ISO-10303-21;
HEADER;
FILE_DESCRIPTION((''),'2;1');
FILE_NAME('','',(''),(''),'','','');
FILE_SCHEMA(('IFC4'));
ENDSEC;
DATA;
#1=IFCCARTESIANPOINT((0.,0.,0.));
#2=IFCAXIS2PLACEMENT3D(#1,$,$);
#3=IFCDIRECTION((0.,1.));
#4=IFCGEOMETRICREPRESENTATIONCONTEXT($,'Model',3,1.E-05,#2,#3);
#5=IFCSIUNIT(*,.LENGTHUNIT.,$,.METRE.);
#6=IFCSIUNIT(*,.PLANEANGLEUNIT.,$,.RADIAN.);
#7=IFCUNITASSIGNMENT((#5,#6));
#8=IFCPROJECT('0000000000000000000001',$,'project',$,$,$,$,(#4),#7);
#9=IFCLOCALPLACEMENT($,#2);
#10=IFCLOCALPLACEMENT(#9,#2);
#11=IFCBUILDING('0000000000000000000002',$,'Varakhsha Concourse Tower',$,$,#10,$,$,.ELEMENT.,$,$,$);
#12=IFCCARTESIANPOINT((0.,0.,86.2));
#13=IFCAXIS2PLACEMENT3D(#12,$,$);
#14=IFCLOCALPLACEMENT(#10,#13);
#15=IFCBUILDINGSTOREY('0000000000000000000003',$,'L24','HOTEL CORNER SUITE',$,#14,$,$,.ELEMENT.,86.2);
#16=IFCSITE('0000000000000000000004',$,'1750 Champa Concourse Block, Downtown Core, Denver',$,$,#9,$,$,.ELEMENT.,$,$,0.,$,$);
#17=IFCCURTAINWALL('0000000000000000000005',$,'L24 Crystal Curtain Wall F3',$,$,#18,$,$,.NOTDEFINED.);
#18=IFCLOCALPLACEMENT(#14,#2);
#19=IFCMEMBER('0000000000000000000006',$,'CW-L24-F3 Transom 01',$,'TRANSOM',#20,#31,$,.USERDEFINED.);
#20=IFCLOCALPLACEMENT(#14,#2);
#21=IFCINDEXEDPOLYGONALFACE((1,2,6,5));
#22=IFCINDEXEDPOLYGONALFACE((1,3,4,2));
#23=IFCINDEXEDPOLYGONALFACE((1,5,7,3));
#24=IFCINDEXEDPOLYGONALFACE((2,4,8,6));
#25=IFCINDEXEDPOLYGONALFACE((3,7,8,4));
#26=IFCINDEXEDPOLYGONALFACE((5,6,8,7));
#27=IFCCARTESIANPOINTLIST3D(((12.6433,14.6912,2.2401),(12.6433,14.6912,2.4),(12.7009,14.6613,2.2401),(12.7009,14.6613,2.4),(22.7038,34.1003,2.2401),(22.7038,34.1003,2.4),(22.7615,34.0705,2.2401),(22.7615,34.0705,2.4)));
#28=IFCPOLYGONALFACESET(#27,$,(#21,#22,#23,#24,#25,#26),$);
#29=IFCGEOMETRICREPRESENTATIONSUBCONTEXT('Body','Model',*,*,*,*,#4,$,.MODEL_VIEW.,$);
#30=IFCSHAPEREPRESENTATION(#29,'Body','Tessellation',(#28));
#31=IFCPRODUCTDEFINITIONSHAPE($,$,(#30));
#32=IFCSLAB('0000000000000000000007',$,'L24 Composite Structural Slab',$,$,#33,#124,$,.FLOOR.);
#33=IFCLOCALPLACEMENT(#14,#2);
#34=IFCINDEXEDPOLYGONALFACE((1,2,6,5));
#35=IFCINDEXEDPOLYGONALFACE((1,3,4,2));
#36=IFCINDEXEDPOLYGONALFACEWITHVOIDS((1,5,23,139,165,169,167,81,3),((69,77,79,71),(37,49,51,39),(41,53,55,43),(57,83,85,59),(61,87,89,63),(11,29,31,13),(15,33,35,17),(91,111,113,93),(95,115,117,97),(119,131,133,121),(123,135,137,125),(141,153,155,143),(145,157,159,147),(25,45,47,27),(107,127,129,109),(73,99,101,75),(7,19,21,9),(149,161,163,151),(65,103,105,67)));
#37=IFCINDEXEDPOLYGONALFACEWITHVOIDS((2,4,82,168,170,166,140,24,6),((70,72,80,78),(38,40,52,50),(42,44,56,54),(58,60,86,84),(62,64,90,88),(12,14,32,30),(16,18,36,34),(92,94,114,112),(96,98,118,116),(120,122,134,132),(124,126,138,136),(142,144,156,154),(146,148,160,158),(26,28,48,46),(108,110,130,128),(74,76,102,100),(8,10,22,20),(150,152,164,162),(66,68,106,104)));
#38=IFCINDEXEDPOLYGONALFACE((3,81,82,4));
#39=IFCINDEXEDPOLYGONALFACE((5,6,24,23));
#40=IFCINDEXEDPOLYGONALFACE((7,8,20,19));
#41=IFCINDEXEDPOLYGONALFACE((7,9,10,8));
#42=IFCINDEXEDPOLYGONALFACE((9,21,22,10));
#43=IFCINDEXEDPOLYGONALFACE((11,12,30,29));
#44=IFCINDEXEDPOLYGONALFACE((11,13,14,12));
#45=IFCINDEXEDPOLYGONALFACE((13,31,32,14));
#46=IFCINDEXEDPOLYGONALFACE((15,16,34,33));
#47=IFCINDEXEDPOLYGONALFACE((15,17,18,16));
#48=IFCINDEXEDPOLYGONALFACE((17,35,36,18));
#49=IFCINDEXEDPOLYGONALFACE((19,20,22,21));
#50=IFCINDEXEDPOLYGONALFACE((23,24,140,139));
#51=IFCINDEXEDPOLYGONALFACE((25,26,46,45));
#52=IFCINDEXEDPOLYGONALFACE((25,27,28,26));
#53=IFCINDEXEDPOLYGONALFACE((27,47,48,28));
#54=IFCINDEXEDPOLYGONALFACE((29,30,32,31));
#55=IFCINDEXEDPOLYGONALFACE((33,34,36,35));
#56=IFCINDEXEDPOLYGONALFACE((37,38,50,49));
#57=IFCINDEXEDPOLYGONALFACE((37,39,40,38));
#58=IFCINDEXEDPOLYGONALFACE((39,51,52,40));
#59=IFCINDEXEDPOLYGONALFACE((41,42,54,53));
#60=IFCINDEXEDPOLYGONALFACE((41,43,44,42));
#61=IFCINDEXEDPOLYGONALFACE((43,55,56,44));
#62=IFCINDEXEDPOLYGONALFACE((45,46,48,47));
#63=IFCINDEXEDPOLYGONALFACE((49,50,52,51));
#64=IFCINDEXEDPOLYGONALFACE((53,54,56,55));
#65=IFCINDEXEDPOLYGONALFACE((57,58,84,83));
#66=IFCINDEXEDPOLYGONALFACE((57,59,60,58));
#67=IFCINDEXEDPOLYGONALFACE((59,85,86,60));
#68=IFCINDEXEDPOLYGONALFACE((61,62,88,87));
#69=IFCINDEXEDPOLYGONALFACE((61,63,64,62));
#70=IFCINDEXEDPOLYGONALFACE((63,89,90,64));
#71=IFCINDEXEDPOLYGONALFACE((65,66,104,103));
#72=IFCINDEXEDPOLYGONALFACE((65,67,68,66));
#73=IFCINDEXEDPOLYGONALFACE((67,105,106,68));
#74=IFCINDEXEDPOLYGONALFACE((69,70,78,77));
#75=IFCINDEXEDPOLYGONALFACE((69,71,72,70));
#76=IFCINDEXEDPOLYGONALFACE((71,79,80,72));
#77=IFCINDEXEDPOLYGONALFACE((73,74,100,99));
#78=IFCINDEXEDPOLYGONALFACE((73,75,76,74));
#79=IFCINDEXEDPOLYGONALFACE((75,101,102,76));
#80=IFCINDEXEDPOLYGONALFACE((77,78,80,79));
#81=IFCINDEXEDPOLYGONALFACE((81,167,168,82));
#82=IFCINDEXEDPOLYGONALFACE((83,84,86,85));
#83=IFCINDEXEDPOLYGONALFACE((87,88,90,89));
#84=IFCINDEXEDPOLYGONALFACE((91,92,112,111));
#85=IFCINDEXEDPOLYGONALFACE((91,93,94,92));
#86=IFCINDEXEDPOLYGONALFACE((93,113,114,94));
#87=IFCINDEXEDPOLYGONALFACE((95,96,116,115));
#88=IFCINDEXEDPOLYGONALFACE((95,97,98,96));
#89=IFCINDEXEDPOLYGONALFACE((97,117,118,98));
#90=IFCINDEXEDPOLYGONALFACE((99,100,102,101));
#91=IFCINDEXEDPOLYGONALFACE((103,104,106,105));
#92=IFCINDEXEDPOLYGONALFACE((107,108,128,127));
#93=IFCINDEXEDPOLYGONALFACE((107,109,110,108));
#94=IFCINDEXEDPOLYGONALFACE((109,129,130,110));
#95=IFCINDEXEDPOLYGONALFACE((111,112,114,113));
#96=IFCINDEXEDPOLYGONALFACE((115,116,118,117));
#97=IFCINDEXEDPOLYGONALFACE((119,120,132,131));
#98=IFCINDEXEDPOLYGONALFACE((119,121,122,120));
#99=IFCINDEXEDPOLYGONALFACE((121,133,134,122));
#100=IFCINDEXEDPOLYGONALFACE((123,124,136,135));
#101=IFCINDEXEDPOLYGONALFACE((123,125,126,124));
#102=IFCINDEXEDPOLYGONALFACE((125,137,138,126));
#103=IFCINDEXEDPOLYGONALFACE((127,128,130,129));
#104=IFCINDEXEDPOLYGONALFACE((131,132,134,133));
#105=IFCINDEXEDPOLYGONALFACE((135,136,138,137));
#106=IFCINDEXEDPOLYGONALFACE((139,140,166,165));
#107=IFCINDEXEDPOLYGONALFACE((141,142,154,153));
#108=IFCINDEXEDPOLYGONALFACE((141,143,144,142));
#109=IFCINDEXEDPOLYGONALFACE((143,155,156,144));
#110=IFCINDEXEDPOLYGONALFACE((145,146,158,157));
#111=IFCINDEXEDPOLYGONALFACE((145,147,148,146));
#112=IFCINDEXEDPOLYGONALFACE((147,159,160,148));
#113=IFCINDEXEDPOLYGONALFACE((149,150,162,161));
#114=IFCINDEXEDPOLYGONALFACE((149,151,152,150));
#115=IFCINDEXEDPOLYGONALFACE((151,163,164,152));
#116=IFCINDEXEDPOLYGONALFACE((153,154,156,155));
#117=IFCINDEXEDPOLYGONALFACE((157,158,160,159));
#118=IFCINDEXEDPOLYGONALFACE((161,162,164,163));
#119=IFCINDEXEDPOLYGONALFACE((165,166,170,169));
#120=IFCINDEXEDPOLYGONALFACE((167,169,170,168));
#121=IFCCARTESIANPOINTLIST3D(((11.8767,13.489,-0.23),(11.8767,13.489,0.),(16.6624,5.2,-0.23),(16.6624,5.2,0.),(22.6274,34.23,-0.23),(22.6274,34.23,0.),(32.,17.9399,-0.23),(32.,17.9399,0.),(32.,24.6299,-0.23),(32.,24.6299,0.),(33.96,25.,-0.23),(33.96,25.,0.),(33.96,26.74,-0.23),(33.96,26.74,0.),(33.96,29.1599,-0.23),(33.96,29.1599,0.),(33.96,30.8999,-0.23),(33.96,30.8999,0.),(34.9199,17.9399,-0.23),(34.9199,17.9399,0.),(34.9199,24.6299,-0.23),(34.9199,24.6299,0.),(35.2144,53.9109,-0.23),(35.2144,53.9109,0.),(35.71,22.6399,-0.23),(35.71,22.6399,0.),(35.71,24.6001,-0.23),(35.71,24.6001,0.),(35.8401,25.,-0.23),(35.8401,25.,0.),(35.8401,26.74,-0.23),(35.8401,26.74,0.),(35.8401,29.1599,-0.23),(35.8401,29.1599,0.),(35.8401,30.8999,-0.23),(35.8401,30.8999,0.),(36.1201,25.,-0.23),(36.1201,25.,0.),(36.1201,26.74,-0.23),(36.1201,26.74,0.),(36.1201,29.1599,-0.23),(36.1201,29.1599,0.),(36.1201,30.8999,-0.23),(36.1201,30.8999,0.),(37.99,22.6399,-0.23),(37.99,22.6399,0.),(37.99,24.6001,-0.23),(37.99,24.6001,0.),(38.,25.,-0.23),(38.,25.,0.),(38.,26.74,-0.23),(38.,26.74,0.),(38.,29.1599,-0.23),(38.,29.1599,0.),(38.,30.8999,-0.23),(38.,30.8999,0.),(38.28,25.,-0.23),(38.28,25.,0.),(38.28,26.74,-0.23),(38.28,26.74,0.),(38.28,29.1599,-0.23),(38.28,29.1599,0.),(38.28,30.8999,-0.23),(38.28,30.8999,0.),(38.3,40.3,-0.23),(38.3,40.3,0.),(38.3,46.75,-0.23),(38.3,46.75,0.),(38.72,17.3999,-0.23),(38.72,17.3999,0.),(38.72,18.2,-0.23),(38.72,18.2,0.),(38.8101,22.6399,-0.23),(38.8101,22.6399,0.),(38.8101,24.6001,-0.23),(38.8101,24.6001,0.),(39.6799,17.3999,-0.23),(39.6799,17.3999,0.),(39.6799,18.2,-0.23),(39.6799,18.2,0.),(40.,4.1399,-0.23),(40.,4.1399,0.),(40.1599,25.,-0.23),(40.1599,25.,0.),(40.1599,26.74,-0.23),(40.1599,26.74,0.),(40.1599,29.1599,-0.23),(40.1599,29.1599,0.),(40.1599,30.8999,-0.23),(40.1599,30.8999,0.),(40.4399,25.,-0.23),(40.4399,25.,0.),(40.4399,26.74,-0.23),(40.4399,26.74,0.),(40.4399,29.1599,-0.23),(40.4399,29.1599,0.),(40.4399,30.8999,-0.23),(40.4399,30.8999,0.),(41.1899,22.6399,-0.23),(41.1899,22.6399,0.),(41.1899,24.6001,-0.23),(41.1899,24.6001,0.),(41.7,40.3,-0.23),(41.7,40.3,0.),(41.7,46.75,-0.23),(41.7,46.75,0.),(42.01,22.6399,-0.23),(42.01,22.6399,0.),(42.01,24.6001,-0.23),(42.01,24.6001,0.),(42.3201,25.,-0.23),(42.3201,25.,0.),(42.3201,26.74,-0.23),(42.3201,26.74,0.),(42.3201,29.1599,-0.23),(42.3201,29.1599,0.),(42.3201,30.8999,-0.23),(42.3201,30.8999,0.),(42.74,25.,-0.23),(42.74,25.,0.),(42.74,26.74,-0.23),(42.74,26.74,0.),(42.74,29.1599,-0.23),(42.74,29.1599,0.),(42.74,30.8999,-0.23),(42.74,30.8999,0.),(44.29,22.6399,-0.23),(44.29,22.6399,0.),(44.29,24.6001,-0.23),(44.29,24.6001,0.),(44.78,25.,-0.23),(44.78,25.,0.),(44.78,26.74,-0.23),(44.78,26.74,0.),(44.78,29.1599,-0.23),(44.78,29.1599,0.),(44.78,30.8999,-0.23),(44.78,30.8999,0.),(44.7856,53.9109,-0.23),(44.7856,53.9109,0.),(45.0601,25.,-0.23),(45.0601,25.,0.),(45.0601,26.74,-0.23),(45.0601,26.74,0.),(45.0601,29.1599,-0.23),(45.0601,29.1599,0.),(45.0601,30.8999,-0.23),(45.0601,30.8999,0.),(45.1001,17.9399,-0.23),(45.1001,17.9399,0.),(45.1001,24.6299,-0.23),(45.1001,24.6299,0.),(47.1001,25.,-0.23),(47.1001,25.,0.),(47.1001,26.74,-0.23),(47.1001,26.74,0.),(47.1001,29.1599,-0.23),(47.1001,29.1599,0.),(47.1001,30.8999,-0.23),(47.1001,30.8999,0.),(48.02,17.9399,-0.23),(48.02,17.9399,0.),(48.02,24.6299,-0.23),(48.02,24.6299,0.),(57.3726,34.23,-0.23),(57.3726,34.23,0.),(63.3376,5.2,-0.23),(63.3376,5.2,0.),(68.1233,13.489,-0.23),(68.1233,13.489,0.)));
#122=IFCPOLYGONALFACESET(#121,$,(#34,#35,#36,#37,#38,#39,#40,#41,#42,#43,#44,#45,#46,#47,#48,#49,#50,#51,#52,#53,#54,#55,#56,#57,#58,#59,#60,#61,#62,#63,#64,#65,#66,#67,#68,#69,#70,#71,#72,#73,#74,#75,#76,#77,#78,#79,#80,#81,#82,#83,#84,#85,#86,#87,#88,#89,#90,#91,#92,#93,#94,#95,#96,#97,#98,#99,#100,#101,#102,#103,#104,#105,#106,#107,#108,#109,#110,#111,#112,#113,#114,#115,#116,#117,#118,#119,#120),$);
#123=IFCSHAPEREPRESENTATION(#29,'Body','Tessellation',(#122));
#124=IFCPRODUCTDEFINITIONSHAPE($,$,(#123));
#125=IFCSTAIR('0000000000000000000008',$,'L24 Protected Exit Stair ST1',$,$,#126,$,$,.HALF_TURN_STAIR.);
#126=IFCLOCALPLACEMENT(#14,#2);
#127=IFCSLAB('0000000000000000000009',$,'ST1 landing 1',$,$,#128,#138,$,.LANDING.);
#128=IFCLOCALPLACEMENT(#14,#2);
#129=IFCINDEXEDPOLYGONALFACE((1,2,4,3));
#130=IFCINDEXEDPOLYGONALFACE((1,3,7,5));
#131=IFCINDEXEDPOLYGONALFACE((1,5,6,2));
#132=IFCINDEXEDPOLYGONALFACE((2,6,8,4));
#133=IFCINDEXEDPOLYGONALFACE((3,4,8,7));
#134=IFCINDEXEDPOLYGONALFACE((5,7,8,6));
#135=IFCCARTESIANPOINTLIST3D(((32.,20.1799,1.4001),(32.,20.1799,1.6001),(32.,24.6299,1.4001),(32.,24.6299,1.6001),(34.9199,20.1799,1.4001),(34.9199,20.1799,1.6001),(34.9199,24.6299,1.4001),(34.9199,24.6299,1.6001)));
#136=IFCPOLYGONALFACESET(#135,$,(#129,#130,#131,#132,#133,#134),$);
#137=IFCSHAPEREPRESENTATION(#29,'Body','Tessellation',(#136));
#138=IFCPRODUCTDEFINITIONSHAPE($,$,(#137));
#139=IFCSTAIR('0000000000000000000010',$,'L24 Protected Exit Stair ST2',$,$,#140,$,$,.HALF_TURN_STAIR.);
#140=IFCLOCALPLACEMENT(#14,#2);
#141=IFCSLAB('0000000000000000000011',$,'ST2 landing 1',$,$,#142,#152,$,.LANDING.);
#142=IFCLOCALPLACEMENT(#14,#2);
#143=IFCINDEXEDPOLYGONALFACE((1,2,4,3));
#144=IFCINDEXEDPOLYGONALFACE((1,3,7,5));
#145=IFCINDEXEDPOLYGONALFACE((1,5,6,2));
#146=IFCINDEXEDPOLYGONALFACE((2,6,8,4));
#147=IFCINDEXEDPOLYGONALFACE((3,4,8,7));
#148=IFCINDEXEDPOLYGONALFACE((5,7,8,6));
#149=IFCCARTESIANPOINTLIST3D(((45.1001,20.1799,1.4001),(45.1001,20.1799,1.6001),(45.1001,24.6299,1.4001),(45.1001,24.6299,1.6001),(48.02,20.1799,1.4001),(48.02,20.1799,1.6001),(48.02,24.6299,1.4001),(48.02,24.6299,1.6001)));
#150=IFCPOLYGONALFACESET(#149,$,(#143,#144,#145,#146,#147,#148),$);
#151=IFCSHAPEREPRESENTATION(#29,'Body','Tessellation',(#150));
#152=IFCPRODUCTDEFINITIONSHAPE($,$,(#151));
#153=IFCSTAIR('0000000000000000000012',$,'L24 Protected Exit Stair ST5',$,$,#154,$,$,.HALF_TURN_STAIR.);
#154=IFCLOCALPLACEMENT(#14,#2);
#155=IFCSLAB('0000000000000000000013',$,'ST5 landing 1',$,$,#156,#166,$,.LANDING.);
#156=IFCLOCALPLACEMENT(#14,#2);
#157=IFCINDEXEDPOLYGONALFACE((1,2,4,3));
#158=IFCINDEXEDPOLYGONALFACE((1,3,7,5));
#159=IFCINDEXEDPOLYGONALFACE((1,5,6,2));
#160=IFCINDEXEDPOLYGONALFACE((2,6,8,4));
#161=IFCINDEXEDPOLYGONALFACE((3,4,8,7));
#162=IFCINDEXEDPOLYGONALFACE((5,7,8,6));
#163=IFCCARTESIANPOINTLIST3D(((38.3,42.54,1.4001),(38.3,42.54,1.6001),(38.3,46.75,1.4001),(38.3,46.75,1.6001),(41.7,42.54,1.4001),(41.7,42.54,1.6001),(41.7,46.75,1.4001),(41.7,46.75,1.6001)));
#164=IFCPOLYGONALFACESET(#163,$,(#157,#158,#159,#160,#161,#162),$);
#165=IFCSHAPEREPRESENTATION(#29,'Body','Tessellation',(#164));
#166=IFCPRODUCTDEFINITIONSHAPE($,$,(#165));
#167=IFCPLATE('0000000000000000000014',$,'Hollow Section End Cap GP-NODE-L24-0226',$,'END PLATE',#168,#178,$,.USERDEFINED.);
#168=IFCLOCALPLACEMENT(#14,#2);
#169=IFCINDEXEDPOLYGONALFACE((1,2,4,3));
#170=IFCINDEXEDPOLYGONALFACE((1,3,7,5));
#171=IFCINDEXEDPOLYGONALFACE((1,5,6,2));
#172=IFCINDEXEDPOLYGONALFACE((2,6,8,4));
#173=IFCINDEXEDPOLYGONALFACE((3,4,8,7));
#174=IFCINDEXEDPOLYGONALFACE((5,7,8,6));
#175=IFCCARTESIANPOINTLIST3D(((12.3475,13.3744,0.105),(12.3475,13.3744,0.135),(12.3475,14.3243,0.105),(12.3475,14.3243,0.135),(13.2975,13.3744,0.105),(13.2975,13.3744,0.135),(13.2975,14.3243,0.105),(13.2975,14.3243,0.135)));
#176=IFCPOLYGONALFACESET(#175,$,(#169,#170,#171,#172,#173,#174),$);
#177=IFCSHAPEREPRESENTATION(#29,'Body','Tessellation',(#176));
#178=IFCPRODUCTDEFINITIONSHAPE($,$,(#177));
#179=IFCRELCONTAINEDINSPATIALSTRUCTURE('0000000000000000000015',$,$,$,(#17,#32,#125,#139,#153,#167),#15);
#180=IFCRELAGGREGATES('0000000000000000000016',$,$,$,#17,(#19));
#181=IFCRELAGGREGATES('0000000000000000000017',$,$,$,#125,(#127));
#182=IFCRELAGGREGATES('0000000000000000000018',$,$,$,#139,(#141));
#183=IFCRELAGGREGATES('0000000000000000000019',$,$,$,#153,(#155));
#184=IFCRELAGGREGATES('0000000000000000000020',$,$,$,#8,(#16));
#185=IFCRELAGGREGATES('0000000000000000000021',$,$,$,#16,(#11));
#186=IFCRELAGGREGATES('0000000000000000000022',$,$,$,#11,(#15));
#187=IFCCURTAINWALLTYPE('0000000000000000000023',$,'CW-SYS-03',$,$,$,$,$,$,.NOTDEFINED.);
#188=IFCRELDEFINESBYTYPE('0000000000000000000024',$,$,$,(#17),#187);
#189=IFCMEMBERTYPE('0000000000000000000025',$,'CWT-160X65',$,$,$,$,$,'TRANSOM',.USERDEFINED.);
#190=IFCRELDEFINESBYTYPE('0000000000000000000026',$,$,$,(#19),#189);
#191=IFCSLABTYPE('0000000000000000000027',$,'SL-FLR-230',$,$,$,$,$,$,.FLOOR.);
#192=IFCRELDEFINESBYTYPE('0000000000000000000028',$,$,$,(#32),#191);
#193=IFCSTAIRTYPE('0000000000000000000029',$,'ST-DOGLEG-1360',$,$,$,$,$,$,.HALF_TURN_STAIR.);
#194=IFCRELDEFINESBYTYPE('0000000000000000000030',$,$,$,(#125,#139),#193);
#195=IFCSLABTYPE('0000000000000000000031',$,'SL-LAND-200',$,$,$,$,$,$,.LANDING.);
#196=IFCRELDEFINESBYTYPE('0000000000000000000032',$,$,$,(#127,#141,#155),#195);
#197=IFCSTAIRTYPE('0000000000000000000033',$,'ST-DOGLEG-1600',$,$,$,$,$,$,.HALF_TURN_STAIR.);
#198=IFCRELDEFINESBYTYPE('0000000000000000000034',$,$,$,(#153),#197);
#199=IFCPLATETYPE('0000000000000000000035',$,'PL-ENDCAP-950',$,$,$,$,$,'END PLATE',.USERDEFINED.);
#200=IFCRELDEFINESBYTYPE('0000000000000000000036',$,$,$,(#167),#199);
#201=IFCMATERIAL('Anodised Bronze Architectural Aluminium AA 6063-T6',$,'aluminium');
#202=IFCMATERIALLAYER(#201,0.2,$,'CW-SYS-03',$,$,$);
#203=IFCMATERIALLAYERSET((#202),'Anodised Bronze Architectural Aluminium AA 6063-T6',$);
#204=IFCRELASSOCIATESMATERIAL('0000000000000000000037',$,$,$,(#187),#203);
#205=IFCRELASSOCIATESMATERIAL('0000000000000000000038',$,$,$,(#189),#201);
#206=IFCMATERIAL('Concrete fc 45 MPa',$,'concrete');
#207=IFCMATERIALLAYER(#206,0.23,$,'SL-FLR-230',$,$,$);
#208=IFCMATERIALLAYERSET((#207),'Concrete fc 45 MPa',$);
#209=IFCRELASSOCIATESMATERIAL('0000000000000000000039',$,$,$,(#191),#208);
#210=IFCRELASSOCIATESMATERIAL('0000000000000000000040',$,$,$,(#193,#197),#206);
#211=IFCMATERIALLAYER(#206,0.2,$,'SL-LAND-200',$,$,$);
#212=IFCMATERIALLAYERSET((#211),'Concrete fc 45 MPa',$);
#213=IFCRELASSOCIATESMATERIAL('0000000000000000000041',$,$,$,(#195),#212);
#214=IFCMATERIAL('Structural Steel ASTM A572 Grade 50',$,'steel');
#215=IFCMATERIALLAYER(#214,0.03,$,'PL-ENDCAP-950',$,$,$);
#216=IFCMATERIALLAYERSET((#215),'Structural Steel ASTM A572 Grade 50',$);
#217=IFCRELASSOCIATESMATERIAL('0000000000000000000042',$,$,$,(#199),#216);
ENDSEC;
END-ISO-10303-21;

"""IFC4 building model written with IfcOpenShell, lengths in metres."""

from ifc_helpers import new_model, si_unit, direction, frame, origin, origin_2d, place, context, subcontext, project, spatial, polyline, rectangle, outline, extrude, source, transform, mapped, material, layer, layer_set, material_profile, profile_set, type_object, type_shapes, element, aggregate, save


model = new_model("IFC4")

# Units and contexts
model_context = context("Model", 3, precision=1e-05, world=origin(), true_north=direction((0.0, 1.0)))
body_context = subcontext(model_context, "Body", "Model", "MODEL_VIEW")
ifc_project = project(units=[si_unit("LENGTHUNIT", "METRE"), si_unit("PLANEANGLEUNIT", "RADIAN")], contexts=[model_context])

# Site, building, storey
site_placement = place(None, origin())
site = spatial("IfcSite", under=ifc_project, at=site_placement, Name="1750 Champa Concourse Block, Downtown Core, Denver", CompositionType="ELEMENT", RefElevation=0.0)
building_placement = place(site_placement, origin())
building = spatial("IfcBuilding", under=site, at=building_placement, Name="Varakhsha Concourse Tower", CompositionType="ELEMENT")
storey_placement = place(building_placement, frame((0.0, 0.0, 86.2)))
storey = spatial("IfcBuildingStorey", under=building, at=storey_placement, Name="L24", Description="HOTEL CORNER SUITE", CompositionType="ELEMENT", Elevation=86.2)

# Shared definitions
ifc_material_1 = material(Name="Structural Steel ASTM A572 Grade 50", Category="steel")

# Curtain wall
ifc_material_2 = material(Name="Anodised Bronze Architectural Aluminium AA 6063-T6", Category="aluminium")
ifc_layer_1 = layer(ifc_material_2, 0.2, Name="CW-SYS-03")
ifc_layer_set_1 = layer_set([ifc_layer_1], Name="Anodised Bronze Architectural Aluminium AA 6063-T6")
curtain_wall_type = type_object("IfcCurtainWallType", Name="CW-SYS-03", PredefinedType="NOTDEFINED", material=ifc_layer_set_1)
curtain_wall_1_placement = place(storey_placement, origin())
curtain_wall_1 = element("IfcCurtainWall", 1, at=curtain_wall_1_placement, inside=storey, type_object=curtain_wall_type, Name="L24 Crystal Curtain Wall F3", PredefinedType="NOTDEFINED")

# Member
ifc_material_profile_1 = material_profile(ifc_material_2, rectangle(XDim=0.0649, YDim=0.1599, at=origin_2d()), Name="CWT-160X65")
ifc_profile_set_1 = profile_set([ifc_material_profile_1], Name="Anodised Bronze Architectural Aluminium AA 6063-T6")
member_type_1 = type_object("IfcMemberType", Name="CWT-160X65", ElementType="TRANSOM", PredefinedType="USERDEFINED", material=ifc_profile_set_1)
shared_shape_1 = source(origin(), body_context, "Body", "SweptSolid", [
    extrude(rectangle(XDim=0.0649, YDim=0.1599, at=origin_2d()), origin(), (0.0, 0.0, 1.0), 21.8616),
])
type_shapes(member_type_1, [shared_shape_1])
member_1_placement = place(storey_placement, frame((12.6721, 14.6763, 2.3201), z_axis=(0.460192, 0.887819, 0.0), x_axis=(-0.887819, 0.460192, 0.0)))
member_1 = element("IfcMember", 2, at=member_1_placement, type_object=member_type_1, Name="CW-L24-F3 Transom 01", ObjectType="TRANSOM", PredefinedType="USERDEFINED", context=body_context, shape_type="MappedRepresentation", body=[
    mapped(shared_shape_1, transform((0.0, 0.0, 0.0), scale=1.0)),
])
aggregate(curtain_wall_1, [member_1])

# Slab
ifc_material_3 = material(Name="Concrete fc 45 MPa", Category="concrete")
ifc_layer_2 = layer(ifc_material_3, 0.23, Name="SL-FLR-230")
ifc_layer_set_2 = layer_set([ifc_layer_2], Name="Concrete fc 45 MPa")
slab_type_1 = type_object("IfcSlabType", Name="SL-FLR-230", PredefinedType="FLOOR", material=ifc_layer_set_2)
slab_1_placement = place(storey_placement, frame((0.0, 0.0, -0.23)))
element("IfcSlab", 3, at=slab_1_placement, inside=storey, type_object=slab_type_1, Name="L24 Composite Structural Slab", PredefinedType="FLOOR", context=body_context, shape_type="SweptSolid", body=[
    extrude(outline(polyline([(44.7856, 53.9109), (35.2144, 53.9109), (22.6274, 34.23), (11.8767, 13.489), (16.6624, 5.2), (40.0, 4.1399), (63.3376, 5.2), (68.1233, 13.489), (57.3726, 34.23), (44.7856, 53.9109)]), holes=[polyline([(34.9199, 17.9399), (34.9199, 24.6299), (32.0, 24.6299), (32.0, 17.9399), (34.9199, 17.9399)]), polyline([(48.02, 17.9399), (48.02, 24.6299), (45.1001, 24.6299), (45.1001, 17.9399), (48.02, 17.9399)]), polyline([(41.7, 40.3), (41.7, 46.75), (38.3, 46.75), (38.3, 40.3), (41.7, 40.3)]), polyline([(33.96, 29.1599), (35.8401, 29.1599), (35.8401, 30.8999), (33.96, 30.8999), (33.96, 29.1599)]), polyline([(36.1201, 29.1599), (38.0, 29.1599), (38.0, 30.8999), (36.1201, 30.8999), (36.1201, 29.1599)]), polyline([(38.28, 29.1599), (40.1599, 29.1599), (40.1599, 30.8999), (38.28, 30.8999), (38.28, 29.1599)]), polyline([(40.4399, 29.1599), (42.3201, 29.1599), (42.3201, 30.8999), (40.4399, 30.8999), (40.4399, 29.1599)]), polyline([(33.96, 25.0), (35.8401, 25.0), (35.8401, 26.74), (33.96, 26.74), (33.96, 25.0)]), polyline([(36.1201, 25.0), (38.0, 25.0), (38.0, 26.74), (36.1201, 26.74), (36.1201, 25.0)]), polyline([(38.28, 25.0), (40.1599, 25.0), (40.1599, 26.74), (38.28, 26.74), (38.28, 25.0)]), polyline([(40.4399, 25.0), (42.3201, 25.0), (42.3201, 26.74), (40.4399, 26.74), (40.4399, 25.0)]), polyline([(42.74, 29.1599), (44.78, 29.1599), (44.78, 30.8999), (42.74, 30.8999), (42.74, 29.1599)]), polyline([(45.0601, 29.1599), (47.1001, 29.1599), (47.1001, 30.8999), (45.0601, 30.8999), (45.0601, 29.1599)]), polyline([(42.74, 25.0), (44.78, 25.0), (44.78, 26.74), (42.74, 26.74), (42.74, 25.0)]), polyline([(45.0601, 25.0), (47.1001, 25.0), (47.1001, 26.74), (45.0601, 26.74), (45.0601, 25.0)]), polyline([(35.71, 22.6399), (37.99, 22.6399), (37.99, 24.6001), (35.71, 24.6001), (35.71, 22.6399)]), polyline([(42.01, 22.6399), (44.29, 22.6399), (44.29, 24.6001), (42.01, 24.6001), (42.01, 22.6399)]), polyline([(38.8101, 22.6399), (41.1899, 22.6399), (41.1899, 24.6001), (38.8101, 24.6001), (38.8101, 22.6399)]), polyline([(38.72, 17.3999), (39.6799, 17.3999), (39.6799, 18.2), (38.72, 18.2), (38.72, 17.3999)])]), origin(), (0.0, 0.0, 1.0), 0.23),
])

# Stairs, slabs
stair_type_1 = type_object("IfcStairType", Name="ST-DOGLEG-1360", PredefinedType="HALF_TURN_STAIR", material=ifc_material_3)
stair_1_placement = place(storey_placement, origin())
stair_1 = element("IfcStair", 4, at=stair_1_placement, inside=storey, type_object=stair_type_1, Name="L24 Protected Exit Stair ST1", PredefinedType="HALF_TURN_STAIR")
ifc_layer_3 = layer(ifc_material_3, 0.2, Name="SL-LAND-200")
ifc_layer_set_3 = layer_set([ifc_layer_3], Name="Concrete fc 45 MPa")
slab_type_2 = type_object("IfcSlabType", Name="SL-LAND-200", PredefinedType="LANDING", material=ifc_layer_set_3)
slab_2_placement = place(storey_placement, frame((0.0, 0.0, 1.4001)))
slab_2 = element("IfcSlab", 5, at=slab_2_placement, type_object=slab_type_2, Name="ST1 landing 1", PredefinedType="LANDING", context=body_context, shape_type="SweptSolid", body=[
    extrude(outline(polyline([(34.9199, 20.1799), (34.9199, 24.6299), (32.0, 24.6299), (32.0, 20.1799), (34.9199, 20.1799)])), origin(), (0.0, 0.0, 1.0), 0.2),
])
aggregate(stair_1, [slab_2])
stair_2_placement = place(storey_placement, origin())
stair_2 = element("IfcStair", 6, at=stair_2_placement, inside=storey, type_object=stair_type_1, Name="L24 Protected Exit Stair ST2", PredefinedType="HALF_TURN_STAIR")
slab_3_placement = place(storey_placement, frame((0.0, 0.0, 1.4001)))
slab_3 = element("IfcSlab", 7, at=slab_3_placement, type_object=slab_type_2, Name="ST2 landing 1", PredefinedType="LANDING", context=body_context, shape_type="SweptSolid", body=[
    extrude(outline(polyline([(48.02, 20.1799), (48.02, 24.6299), (45.1001, 24.6299), (45.1001, 20.1799), (48.02, 20.1799)])), origin(), (0.0, 0.0, 1.0), 0.2),
])
aggregate(stair_2, [slab_3])
stair_type_2 = type_object("IfcStairType", Name="ST-DOGLEG-1600", PredefinedType="HALF_TURN_STAIR", material=ifc_material_3)
stair_3_placement = place(storey_placement, origin())
stair_3 = element("IfcStair", 8, at=stair_3_placement, inside=storey, type_object=stair_type_2, Name="L24 Protected Exit Stair ST5", PredefinedType="HALF_TURN_STAIR")
slab_4_placement = place(storey_placement, frame((0.0, 0.0, 1.4001)))
slab_4 = element("IfcSlab", 9, at=slab_4_placement, type_object=slab_type_2, Name="ST5 landing 1", PredefinedType="LANDING", context=body_context, shape_type="SweptSolid", body=[
    extrude(outline(polyline([(41.7, 42.54), (41.7, 46.75), (38.3, 46.75), (38.3, 42.54), (41.7, 42.54)])), origin(), (0.0, 0.0, 1.0), 0.2),
])
aggregate(stair_3, [slab_4])

# Plate
ifc_layer_4 = layer(ifc_material_1, 0.03, Name="PL-ENDCAP-950")
ifc_layer_set_4 = layer_set([ifc_layer_4], Name="Structural Steel ASTM A572 Grade 50")
plate_type_1 = type_object("IfcPlateType", Name="PL-ENDCAP-950", ElementType="END PLATE", PredefinedType="USERDEFINED", material=ifc_layer_set_4)
shared_shape_2 = source(origin(), body_context, "Body", "SweptSolid", [
    extrude(rectangle(XDim=0.95, YDim=0.95, at=origin_2d()), origin(), (0.0, 0.0, 1.0), 0.03),
])
type_shapes(plate_type_1, [shared_shape_2])
plate_1_placement = place(storey_placement, frame((12.8225, 13.8494, 0.105), z_axis=(0.0, 0.0, 1.0), x_axis=(1.0, 0.0, 0.0)))
element("IfcPlate", 10, at=plate_1_placement, inside=storey, type_object=plate_type_1, Name="Hollow Section End Cap GP-NODE-L24-0226", ObjectType="END PLATE", PredefinedType="USERDEFINED", context=body_context, shape_type="MappedRepresentation", body=[
    mapped(shared_shape_2, transform((0.0, 0.0, 0.0), scale=1.0)),
])

save(model, "model.ifc")
